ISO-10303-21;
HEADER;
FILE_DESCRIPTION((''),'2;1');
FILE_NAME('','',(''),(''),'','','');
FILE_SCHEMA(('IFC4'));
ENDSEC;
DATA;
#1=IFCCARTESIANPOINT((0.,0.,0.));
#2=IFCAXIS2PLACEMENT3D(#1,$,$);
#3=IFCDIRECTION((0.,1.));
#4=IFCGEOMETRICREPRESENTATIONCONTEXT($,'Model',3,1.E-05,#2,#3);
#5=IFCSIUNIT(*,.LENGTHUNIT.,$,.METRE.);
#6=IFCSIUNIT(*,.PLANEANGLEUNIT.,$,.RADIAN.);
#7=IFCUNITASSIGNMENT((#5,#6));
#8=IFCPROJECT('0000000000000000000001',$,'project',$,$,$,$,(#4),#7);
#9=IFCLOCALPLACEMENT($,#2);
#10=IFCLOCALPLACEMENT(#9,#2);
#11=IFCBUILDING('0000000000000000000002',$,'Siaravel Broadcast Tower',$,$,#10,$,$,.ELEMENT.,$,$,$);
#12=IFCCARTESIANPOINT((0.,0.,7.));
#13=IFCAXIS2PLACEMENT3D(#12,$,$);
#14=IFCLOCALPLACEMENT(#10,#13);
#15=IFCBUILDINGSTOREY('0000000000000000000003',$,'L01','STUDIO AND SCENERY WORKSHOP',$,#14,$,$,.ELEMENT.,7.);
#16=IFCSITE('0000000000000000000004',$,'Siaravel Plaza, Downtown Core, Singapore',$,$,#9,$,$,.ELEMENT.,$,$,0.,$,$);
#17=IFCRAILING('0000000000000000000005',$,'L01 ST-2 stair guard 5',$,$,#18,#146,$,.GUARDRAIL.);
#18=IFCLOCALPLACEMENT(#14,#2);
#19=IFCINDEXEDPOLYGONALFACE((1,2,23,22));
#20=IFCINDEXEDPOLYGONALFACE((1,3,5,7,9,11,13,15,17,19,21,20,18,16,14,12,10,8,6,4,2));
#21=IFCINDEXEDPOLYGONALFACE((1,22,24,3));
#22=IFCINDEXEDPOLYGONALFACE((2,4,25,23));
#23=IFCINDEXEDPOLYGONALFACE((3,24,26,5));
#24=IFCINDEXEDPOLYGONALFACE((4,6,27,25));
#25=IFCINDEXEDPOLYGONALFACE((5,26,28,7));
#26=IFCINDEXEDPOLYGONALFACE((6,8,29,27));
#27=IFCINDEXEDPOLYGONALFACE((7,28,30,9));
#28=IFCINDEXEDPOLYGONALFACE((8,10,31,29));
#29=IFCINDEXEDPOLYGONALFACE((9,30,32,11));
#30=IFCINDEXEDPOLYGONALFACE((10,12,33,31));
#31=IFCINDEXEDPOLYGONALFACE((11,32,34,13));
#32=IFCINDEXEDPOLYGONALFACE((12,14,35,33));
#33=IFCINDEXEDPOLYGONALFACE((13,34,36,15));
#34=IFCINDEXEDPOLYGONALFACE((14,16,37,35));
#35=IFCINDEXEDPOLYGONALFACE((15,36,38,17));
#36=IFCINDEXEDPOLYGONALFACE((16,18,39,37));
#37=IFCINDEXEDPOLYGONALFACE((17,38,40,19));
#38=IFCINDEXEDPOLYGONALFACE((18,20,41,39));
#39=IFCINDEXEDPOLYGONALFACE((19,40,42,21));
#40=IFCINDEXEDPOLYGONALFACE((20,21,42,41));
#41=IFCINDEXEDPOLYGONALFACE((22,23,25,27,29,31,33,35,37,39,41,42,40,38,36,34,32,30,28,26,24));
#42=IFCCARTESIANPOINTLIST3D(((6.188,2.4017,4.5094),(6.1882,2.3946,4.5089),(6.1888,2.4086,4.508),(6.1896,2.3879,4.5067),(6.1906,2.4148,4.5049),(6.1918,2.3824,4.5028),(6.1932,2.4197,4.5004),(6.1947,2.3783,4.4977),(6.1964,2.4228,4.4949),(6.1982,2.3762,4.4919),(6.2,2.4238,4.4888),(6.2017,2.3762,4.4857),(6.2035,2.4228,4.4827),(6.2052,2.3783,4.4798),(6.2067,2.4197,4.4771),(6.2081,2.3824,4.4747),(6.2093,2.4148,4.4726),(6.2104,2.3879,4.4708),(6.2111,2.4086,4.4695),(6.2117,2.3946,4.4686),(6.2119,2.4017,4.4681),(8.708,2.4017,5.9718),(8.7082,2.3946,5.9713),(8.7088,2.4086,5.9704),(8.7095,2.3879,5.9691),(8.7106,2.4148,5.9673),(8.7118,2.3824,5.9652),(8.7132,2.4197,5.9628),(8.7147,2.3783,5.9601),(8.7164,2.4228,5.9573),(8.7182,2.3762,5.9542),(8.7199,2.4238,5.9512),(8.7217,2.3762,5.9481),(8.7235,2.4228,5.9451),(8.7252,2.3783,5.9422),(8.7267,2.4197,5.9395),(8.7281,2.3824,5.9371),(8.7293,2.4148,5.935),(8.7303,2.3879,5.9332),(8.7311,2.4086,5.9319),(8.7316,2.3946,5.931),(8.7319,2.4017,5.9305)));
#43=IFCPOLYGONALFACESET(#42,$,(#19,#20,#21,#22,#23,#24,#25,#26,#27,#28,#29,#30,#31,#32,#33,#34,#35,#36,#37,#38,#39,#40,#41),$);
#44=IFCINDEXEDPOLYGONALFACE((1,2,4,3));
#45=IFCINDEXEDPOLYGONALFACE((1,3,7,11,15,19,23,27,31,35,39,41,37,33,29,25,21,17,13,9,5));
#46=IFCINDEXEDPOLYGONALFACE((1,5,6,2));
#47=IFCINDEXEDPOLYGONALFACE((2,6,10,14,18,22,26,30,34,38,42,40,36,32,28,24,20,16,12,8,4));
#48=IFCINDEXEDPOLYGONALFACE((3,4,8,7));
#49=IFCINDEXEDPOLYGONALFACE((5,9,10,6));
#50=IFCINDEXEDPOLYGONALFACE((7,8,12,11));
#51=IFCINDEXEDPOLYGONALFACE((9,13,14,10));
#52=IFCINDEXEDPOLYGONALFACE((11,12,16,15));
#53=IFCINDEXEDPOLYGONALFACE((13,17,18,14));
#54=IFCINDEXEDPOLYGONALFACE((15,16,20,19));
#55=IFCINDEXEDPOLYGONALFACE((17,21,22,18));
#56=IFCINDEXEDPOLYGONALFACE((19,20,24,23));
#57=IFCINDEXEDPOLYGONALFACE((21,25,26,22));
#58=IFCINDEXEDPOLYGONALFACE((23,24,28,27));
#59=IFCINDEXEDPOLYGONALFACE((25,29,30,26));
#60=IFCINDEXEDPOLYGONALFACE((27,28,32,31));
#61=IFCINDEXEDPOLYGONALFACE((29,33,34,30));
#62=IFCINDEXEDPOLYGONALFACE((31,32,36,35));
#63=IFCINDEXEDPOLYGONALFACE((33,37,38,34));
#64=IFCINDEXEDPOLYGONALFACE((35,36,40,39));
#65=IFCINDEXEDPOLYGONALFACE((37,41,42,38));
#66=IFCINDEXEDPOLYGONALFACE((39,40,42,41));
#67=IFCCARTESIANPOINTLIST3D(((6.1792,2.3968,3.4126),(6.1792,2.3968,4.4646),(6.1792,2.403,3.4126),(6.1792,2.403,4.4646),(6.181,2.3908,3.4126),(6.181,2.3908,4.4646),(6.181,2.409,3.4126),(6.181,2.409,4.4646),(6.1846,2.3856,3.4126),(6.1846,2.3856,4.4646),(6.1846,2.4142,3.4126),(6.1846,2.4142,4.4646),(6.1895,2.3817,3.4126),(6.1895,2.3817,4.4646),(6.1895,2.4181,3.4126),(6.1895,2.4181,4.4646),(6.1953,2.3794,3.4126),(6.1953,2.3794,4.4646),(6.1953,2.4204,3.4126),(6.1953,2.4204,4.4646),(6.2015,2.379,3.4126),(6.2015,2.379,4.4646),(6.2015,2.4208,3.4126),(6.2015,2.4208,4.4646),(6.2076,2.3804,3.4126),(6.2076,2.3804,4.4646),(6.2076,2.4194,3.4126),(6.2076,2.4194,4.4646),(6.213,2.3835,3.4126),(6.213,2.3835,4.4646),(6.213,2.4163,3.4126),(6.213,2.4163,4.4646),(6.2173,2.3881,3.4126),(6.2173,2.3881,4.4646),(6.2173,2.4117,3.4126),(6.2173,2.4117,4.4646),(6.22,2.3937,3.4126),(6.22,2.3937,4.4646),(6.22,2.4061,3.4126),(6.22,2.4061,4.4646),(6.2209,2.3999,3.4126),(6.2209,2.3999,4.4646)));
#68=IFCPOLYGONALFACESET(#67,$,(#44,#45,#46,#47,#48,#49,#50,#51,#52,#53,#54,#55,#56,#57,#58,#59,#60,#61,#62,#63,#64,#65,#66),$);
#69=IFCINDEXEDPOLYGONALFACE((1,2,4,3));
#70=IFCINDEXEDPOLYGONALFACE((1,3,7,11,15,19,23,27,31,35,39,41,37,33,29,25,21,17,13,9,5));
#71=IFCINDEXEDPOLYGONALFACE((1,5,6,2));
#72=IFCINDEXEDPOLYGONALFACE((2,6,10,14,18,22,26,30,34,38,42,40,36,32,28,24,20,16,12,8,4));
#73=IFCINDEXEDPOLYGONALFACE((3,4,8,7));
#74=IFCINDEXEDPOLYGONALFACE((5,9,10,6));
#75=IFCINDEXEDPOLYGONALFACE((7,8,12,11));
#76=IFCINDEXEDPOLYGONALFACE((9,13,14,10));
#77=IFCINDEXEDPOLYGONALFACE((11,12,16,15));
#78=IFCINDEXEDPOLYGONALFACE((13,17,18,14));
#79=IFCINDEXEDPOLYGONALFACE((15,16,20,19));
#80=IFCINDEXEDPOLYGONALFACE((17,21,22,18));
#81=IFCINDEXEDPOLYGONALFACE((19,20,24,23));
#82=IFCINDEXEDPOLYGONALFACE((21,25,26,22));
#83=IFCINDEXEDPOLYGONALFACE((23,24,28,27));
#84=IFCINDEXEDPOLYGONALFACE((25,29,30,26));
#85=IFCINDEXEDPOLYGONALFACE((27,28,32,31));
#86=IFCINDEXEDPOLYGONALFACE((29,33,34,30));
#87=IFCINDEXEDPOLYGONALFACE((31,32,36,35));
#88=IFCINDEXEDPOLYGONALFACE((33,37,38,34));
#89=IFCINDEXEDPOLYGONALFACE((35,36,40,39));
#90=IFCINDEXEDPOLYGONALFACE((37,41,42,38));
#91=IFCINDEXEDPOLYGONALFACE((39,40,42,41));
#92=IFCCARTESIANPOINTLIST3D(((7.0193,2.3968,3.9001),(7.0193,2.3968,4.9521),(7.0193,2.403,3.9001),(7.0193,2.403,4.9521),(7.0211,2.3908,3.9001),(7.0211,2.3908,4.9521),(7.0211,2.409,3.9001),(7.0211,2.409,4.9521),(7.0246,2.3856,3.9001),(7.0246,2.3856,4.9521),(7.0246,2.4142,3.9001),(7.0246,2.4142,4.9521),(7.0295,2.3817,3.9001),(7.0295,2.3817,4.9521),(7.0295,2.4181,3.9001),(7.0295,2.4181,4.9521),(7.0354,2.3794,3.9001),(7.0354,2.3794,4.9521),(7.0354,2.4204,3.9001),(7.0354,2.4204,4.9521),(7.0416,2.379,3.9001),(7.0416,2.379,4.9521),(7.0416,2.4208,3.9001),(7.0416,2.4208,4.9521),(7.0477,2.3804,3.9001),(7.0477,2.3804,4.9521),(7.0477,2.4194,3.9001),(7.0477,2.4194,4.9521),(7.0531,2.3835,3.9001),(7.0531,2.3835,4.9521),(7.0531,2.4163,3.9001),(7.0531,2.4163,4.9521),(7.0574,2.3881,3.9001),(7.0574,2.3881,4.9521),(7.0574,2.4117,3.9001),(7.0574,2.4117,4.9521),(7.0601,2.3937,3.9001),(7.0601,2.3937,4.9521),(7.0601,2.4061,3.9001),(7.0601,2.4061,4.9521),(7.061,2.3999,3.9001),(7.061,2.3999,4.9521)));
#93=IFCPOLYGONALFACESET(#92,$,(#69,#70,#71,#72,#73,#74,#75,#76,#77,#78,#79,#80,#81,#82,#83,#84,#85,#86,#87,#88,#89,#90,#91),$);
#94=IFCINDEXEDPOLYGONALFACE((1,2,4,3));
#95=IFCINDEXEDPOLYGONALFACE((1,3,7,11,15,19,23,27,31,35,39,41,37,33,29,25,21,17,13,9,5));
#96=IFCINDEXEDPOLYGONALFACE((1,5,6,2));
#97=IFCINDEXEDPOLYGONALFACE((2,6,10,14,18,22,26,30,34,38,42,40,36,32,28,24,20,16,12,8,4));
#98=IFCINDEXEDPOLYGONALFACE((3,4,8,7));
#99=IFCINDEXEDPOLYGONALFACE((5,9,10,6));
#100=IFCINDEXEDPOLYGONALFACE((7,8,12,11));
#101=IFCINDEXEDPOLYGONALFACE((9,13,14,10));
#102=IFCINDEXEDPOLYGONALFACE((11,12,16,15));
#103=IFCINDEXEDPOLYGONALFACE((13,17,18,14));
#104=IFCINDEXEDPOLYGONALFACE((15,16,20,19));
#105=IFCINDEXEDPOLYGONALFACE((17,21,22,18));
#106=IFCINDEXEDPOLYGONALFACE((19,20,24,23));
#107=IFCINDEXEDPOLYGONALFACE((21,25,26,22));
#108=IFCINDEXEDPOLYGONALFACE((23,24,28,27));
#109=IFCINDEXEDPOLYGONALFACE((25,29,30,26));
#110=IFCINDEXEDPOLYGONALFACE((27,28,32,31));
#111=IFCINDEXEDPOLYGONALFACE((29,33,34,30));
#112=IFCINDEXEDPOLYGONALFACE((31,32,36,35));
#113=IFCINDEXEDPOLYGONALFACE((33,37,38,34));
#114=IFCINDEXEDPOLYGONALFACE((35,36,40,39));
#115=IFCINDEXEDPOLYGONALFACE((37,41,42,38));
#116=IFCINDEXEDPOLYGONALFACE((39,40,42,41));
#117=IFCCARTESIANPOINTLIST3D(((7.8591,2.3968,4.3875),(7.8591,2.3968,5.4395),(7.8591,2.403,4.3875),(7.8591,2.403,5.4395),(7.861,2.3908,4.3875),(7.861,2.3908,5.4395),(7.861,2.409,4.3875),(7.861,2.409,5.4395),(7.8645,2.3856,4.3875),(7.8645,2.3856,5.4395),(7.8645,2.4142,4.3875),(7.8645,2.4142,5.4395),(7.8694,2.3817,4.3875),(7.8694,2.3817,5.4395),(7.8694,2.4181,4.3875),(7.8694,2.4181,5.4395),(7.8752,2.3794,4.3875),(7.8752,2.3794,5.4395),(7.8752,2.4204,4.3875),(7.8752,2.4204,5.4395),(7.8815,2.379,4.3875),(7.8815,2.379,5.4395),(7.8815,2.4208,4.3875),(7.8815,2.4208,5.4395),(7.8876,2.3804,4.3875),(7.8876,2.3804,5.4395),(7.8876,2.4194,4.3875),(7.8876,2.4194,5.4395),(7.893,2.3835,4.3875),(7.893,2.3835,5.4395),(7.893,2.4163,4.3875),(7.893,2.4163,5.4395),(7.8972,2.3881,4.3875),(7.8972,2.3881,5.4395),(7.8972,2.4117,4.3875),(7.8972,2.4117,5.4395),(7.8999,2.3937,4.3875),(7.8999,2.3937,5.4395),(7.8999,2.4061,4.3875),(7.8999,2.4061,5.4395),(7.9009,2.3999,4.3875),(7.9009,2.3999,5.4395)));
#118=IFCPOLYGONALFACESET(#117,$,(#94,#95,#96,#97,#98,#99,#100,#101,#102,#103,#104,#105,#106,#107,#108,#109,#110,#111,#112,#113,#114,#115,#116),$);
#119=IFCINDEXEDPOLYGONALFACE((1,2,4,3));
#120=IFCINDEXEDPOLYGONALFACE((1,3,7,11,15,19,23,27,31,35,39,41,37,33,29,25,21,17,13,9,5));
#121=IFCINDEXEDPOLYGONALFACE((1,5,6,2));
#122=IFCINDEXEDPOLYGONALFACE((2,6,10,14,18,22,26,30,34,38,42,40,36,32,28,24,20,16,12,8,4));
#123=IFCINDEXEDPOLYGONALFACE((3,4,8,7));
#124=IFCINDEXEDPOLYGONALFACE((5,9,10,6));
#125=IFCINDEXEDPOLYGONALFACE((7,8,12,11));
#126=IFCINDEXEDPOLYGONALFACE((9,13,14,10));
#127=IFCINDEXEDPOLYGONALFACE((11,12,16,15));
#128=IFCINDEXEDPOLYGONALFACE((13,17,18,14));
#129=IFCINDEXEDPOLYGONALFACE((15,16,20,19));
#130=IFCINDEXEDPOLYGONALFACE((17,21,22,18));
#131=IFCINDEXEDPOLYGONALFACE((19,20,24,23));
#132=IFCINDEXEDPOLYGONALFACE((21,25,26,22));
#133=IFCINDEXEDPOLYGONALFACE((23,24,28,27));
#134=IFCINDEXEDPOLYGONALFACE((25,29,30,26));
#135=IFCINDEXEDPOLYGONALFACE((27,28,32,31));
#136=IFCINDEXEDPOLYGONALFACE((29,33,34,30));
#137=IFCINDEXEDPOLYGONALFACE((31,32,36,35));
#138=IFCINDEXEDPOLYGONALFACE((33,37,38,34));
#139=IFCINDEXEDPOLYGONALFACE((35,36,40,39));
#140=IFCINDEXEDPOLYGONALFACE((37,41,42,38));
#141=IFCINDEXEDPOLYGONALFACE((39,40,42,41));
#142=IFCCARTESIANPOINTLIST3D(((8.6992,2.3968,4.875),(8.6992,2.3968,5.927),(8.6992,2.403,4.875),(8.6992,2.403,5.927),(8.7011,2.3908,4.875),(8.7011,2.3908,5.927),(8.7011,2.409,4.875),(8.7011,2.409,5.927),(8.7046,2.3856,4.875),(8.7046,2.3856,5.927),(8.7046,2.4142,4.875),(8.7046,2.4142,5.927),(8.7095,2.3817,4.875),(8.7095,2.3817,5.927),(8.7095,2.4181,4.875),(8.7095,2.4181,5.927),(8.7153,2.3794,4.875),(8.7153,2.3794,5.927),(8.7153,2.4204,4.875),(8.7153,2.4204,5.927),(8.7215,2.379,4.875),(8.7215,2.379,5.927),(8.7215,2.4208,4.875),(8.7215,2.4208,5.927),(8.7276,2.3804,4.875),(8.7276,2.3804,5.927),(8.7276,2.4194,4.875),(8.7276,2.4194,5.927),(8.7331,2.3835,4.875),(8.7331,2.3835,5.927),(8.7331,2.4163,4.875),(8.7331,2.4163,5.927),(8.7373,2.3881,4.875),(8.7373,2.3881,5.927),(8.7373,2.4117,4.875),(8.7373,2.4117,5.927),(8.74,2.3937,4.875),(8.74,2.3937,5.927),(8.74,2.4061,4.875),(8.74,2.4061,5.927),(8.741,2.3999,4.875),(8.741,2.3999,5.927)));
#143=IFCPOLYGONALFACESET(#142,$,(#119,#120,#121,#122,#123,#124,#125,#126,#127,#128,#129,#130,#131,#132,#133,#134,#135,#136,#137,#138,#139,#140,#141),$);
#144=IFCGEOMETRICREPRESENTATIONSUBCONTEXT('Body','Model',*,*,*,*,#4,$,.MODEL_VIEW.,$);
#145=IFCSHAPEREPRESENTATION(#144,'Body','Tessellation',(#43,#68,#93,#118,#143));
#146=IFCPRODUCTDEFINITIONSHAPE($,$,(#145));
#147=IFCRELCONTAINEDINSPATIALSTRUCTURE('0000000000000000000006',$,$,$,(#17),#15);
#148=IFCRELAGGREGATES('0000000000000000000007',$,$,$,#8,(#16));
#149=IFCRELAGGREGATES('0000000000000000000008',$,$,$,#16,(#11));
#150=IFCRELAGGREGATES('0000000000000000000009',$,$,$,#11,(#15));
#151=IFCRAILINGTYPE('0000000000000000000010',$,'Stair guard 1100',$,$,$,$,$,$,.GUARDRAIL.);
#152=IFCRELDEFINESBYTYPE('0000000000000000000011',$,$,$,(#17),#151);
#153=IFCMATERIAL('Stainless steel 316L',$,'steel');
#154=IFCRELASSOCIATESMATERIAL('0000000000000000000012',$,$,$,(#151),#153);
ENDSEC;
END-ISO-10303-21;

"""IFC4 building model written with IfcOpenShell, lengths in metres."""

from ifc_helpers import new_model, si_unit, direction, frame, origin, origin_2d, place, context, subcontext, project, spatial, circle, extrude, material, type_object, element, save


model = new_model("IFC4")

# Units and contexts
model_context = context("Model", 3, precision=1e-05, world=origin(), true_north=direction((0.0, 1.0)))
body_context = subcontext(model_context, "Body", "Model", "MODEL_VIEW")
ifc_project = project(units=[si_unit("LENGTHUNIT", "METRE"), si_unit("PLANEANGLEUNIT", "RADIAN")], contexts=[model_context])

# Site, building, storey
site_placement = place(None, origin())
site = spatial("IfcSite", under=ifc_project, at=site_placement, Name="Siaravel Plaza, Downtown Core, Singapore", CompositionType="ELEMENT", RefElevation=0.0)
building_placement = place(site_placement, origin())
building = spatial("IfcBuilding", under=site, at=building_placement, Name="Siaravel Broadcast Tower", CompositionType="ELEMENT")
storey_placement = place(building_placement, frame((0.0, 0.0, 7.0)))
storey = spatial("IfcBuildingStorey", under=building, at=storey_placement, Name="L01", Description="STUDIO AND SCENERY WORKSHOP", CompositionType="ELEMENT", Elevation=7.0)

# Railing
ifc_material_1 = material(Name="Stainless steel 316L", Category="steel")
railing_type_1 = type_object("IfcRailingType", Name="Stair guard 1100", PredefinedType="GUARDRAIL", material=ifc_material_1)
railing_1_placement = place(storey_placement, frame((6.2, 2.3999, 3.4126)))
element("IfcRailing", 1, at=railing_1_placement, inside=storey, type_object=railing_type_1, Name="L01 ST-2 stair guard 5", PredefinedType="GUARDRAIL", context=body_context, shape_type="SweptSolid", body=[
    extrude(circle(Radius=0.0239, at=origin_2d()), frame((0.0, 0.0, 1.0762), z_axis=(0.864913, 0.0, 0.501921), x_axis=(0.0, 1.0, 0.0)), (0.0, 0.0, 1.0), 2.9136),
    extrude(circle(Radius=0.021, at=origin_2d()), origin(), (0.0, 0.0, 1.0), 1.052),
    extrude(circle(Radius=0.021, at=origin_2d()), frame((0.8401, 0.0, 0.4875)), (0.0, 0.0, 1.0), 1.052),
    extrude(circle(Radius=0.021, at=origin_2d()), frame((1.6799, 0.0, 0.9749)), (0.0, 0.0, 1.0), 1.052),
    extrude(circle(Radius=0.021, at=origin_2d()), frame((2.52, 0.0, 1.4624)), (0.0, 0.0, 1.0), 1.052),
])

save(model, "model.ifc")
